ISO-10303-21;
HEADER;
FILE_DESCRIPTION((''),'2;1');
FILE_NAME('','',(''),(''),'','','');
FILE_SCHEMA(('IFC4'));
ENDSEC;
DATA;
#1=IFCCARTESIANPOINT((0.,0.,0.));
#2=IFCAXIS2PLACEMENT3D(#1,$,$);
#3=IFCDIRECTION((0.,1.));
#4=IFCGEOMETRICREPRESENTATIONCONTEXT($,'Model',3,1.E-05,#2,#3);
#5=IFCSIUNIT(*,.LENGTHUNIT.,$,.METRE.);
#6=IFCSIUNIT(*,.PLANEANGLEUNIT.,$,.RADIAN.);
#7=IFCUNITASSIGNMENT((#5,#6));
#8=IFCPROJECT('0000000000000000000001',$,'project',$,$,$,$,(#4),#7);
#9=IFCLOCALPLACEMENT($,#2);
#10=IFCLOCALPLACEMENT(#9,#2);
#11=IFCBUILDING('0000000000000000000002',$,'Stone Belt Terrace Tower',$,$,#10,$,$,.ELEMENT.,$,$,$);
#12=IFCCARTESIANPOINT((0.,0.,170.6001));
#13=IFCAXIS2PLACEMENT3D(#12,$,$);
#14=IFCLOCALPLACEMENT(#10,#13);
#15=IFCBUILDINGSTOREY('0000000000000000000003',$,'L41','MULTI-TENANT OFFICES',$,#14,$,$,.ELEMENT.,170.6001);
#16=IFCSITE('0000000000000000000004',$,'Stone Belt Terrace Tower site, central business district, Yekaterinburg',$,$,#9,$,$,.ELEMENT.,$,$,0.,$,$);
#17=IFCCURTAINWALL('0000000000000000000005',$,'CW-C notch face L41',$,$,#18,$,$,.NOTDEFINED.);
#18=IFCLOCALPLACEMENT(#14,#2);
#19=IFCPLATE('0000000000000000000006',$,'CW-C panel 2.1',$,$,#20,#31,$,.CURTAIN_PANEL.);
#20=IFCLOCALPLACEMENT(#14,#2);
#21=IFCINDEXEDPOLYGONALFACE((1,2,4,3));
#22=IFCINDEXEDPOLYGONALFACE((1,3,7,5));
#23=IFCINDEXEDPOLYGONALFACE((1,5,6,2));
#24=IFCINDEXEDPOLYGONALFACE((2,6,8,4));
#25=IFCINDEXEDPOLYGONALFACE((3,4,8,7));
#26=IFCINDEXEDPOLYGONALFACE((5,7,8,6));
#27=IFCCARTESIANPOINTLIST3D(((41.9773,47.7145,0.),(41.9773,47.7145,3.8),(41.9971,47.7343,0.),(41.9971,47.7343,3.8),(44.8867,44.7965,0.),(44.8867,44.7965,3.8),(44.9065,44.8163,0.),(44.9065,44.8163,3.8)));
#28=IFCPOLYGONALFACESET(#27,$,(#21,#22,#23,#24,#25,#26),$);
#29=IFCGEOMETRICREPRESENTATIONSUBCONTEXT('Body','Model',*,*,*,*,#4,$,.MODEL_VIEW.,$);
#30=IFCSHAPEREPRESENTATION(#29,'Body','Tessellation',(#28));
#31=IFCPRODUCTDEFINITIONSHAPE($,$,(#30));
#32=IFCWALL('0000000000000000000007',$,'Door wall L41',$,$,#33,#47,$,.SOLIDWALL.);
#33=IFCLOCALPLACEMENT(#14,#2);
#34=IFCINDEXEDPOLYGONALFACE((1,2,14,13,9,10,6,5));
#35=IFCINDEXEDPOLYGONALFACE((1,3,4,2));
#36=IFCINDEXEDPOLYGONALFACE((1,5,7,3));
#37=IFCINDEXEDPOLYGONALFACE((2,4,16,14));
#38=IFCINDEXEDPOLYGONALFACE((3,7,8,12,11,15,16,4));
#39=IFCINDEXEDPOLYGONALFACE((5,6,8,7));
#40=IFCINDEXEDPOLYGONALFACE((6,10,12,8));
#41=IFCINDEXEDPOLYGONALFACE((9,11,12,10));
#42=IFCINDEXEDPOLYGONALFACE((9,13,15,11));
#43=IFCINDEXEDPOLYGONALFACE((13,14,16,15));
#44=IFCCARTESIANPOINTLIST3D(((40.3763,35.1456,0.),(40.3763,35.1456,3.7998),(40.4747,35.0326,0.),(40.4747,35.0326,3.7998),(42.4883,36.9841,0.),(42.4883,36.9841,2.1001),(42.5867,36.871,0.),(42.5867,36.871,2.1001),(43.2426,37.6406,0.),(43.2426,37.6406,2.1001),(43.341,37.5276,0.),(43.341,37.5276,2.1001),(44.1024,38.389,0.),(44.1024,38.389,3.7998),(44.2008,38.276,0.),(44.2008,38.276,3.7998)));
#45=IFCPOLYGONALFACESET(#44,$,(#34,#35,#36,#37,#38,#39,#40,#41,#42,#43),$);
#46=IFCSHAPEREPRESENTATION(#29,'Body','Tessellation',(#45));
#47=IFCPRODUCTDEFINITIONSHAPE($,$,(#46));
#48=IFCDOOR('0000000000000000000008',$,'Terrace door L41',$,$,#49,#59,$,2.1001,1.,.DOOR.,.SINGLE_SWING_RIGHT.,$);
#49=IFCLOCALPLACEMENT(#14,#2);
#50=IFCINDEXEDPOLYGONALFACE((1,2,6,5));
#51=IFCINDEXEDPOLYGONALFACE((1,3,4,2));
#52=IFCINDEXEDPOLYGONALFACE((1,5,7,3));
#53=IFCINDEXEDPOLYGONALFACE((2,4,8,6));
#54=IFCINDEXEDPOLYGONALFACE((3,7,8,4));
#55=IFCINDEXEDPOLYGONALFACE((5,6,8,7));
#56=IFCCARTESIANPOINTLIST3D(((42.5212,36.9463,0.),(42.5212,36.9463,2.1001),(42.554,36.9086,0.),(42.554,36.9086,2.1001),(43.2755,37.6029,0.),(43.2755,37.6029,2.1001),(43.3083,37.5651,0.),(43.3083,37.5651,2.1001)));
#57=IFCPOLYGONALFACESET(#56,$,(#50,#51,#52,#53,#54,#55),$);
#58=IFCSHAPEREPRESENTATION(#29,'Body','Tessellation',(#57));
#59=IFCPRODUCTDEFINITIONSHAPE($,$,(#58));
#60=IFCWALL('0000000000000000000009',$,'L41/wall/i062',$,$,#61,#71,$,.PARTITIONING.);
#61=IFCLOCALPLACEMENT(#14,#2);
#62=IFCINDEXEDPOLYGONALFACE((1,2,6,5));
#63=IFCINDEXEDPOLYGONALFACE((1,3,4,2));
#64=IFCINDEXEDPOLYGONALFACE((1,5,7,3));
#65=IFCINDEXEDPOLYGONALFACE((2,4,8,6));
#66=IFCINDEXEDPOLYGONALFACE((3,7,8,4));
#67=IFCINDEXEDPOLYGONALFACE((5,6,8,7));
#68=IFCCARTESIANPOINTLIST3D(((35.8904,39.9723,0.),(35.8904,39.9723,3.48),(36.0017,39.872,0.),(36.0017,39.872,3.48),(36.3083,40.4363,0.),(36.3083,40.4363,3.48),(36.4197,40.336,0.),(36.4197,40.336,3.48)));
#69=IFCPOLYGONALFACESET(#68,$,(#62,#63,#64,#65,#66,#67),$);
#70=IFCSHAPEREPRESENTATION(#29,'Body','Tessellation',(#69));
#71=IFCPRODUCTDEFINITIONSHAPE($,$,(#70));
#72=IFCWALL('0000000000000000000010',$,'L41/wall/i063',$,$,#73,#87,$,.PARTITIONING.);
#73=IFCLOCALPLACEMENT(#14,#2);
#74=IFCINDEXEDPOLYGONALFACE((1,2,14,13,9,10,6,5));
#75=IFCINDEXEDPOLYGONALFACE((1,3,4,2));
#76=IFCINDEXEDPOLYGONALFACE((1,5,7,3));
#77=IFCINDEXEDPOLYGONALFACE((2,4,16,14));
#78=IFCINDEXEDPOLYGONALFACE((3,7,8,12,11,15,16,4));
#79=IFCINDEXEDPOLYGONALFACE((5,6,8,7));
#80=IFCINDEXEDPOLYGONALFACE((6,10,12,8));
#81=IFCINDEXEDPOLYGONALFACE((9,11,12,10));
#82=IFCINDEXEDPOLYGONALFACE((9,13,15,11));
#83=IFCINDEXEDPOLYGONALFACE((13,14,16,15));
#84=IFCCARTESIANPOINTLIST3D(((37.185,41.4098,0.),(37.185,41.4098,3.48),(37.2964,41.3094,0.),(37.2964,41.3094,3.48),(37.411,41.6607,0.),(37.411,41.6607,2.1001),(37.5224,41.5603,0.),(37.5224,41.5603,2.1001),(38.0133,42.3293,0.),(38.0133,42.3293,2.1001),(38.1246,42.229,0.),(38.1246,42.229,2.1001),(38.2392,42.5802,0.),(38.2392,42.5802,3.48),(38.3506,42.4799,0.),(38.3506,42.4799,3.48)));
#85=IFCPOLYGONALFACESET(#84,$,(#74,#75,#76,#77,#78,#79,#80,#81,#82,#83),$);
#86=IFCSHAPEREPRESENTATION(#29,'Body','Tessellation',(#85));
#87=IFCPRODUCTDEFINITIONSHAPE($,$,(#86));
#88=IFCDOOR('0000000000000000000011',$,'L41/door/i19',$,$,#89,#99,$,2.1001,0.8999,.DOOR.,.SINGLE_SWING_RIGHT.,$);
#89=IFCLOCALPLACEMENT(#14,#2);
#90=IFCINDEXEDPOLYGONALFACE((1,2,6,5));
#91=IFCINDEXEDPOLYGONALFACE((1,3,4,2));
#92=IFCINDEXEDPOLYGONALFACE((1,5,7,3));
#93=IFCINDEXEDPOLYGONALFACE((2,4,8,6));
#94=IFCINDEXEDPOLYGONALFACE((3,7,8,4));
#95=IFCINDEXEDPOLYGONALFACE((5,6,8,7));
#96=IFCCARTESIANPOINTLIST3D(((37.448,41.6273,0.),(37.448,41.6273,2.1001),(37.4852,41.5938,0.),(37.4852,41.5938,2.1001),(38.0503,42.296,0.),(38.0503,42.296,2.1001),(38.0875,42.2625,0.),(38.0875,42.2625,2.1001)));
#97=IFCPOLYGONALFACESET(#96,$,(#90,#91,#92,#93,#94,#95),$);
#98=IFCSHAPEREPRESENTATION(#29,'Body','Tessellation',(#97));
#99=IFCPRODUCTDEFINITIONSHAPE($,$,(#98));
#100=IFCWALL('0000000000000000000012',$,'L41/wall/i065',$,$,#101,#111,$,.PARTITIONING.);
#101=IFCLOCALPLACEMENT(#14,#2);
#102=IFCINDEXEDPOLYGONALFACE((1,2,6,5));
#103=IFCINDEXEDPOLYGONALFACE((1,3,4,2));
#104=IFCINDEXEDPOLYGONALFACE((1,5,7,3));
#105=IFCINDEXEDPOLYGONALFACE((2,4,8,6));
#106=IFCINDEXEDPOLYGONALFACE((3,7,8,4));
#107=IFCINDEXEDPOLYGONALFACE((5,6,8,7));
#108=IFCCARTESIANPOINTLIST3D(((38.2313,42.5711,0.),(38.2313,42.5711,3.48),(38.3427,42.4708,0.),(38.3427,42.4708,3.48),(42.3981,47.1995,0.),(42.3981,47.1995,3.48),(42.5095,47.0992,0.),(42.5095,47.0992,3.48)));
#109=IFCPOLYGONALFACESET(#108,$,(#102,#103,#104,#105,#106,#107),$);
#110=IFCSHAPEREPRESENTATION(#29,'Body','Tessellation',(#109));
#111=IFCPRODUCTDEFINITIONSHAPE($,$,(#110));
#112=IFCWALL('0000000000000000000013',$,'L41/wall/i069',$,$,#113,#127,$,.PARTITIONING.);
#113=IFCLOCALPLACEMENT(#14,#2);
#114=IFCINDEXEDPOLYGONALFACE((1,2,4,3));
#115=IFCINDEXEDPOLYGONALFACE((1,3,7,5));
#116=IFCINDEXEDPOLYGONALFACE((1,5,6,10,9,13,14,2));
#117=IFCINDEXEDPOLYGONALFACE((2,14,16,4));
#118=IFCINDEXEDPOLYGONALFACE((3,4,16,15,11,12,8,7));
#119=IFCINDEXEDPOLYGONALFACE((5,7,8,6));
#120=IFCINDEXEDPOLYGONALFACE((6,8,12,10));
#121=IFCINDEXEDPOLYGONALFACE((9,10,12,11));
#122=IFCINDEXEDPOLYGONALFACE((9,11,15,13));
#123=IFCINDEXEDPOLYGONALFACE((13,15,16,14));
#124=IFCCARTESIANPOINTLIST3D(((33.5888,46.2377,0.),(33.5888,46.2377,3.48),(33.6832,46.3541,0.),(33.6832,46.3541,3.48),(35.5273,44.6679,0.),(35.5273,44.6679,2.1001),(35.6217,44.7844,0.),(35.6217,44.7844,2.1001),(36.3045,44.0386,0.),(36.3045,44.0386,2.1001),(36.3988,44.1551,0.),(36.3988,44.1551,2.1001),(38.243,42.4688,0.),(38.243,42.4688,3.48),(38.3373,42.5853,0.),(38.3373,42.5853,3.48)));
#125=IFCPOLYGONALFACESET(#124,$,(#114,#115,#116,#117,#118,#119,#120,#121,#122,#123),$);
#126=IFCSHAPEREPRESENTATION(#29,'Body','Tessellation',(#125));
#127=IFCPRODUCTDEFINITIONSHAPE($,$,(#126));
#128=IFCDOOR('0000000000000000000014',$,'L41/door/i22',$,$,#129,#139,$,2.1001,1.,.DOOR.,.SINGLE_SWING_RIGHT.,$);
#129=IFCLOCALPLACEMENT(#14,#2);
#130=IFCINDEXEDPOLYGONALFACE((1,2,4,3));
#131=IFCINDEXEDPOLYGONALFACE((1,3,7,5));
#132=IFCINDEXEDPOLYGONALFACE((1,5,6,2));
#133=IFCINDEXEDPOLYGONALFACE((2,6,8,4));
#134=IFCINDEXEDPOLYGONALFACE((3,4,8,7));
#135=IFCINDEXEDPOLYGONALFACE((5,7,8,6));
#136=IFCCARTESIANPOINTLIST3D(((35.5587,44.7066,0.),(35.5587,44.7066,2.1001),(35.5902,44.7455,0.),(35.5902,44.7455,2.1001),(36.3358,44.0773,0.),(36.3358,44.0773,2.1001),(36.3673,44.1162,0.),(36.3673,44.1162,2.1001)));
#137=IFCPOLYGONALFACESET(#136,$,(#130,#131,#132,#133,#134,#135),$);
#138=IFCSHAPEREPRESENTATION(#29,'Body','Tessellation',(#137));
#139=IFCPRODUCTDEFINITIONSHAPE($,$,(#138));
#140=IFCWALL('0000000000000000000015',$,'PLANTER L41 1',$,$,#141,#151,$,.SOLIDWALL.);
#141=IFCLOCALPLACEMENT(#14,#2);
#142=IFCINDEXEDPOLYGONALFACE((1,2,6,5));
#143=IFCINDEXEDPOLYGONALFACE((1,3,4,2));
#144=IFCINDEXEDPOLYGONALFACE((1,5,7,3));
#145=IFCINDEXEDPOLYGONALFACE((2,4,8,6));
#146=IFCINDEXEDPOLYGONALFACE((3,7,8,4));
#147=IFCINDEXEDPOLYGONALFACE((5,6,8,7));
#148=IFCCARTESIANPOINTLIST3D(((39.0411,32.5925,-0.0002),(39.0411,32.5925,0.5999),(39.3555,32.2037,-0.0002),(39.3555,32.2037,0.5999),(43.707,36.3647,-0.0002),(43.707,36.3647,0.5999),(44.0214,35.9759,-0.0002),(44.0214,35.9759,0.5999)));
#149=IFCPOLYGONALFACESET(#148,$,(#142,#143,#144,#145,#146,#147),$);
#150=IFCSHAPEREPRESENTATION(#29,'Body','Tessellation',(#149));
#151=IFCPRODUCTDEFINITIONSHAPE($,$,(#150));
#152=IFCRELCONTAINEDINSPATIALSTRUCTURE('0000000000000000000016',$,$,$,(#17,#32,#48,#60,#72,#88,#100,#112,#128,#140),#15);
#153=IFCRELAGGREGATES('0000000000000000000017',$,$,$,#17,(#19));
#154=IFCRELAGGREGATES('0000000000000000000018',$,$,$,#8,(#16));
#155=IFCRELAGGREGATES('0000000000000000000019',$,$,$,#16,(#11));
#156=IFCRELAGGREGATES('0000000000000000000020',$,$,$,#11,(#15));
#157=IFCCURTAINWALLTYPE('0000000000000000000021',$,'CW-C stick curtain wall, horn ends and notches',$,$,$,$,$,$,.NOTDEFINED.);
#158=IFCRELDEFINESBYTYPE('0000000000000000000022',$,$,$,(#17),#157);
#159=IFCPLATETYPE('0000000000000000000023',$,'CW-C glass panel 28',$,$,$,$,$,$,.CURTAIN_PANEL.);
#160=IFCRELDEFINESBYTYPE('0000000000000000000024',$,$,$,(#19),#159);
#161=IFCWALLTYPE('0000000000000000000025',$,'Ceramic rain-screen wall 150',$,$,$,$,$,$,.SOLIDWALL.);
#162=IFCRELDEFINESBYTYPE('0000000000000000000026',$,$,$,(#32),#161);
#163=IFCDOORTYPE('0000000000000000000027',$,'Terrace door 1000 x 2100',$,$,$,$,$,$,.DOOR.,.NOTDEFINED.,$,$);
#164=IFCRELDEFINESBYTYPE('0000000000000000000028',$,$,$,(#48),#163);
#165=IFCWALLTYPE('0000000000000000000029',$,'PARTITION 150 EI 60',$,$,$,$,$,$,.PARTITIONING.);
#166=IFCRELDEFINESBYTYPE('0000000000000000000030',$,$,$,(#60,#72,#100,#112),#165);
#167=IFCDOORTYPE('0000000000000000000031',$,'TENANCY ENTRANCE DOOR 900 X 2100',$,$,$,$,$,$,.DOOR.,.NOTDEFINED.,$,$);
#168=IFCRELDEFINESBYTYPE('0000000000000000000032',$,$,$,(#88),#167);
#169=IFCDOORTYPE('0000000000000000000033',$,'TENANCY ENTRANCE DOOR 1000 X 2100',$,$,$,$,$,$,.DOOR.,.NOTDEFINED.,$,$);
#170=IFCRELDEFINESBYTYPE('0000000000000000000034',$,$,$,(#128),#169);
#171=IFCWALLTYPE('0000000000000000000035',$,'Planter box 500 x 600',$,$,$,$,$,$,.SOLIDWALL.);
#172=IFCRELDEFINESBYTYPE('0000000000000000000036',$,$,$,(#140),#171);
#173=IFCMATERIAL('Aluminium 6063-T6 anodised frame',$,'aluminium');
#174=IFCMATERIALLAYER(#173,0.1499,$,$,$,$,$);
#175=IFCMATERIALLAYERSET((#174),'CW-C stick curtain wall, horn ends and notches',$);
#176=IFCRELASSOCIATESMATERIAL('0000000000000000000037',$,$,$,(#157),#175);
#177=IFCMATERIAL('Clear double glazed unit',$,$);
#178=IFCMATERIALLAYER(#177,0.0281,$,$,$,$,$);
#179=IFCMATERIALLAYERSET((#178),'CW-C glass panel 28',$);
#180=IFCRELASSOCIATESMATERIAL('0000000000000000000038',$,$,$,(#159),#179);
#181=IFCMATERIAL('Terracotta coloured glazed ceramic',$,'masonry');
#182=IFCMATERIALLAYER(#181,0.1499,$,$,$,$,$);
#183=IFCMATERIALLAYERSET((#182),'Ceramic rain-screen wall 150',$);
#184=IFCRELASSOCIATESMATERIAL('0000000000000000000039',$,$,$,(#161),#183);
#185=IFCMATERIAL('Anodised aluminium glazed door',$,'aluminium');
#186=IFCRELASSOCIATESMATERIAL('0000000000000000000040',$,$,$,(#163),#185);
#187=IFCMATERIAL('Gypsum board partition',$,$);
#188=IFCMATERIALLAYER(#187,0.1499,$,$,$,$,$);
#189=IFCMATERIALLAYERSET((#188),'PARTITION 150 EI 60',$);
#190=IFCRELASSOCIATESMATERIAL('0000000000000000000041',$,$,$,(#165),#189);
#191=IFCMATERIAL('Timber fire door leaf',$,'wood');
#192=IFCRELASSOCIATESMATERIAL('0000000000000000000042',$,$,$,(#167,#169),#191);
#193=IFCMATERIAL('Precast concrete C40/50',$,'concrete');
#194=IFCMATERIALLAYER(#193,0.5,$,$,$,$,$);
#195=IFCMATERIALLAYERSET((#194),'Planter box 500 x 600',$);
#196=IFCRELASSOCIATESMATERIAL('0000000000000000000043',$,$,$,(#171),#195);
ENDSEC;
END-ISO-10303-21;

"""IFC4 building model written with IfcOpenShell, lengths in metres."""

from ifc_helpers import new_model, si_unit, direction, frame, frame_2d, origin, origin_2d, place, context, subcontext, project, spatial, rectangle, extrude, material, layer, layer_set, type_object, element, fill, aggregate, save


model = new_model("IFC4")

# Units and contexts
model_context = context("Model", 3, precision=1e-05, world=origin(), true_north=direction((0.0, 1.0)))
body_context = subcontext(model_context, "Body", "Model", "MODEL_VIEW")
ifc_project = project(units=[si_unit("LENGTHUNIT", "METRE"), si_unit("PLANEANGLEUNIT", "RADIAN")], contexts=[model_context])

# Site, building, storey
site_placement = place(None, origin())
site = spatial("IfcSite", under=ifc_project, at=site_placement, Name="Stone Belt Terrace Tower site, central business district, Yekaterinburg", CompositionType="ELEMENT", RefElevation=0.0)
building_placement = place(site_placement, origin())
building = spatial("IfcBuilding", under=site, at=building_placement, Name="Stone Belt Terrace Tower", CompositionType="ELEMENT")
storey_placement = place(building_placement, frame((0.0, 0.0, 170.6001)))
storey = spatial("IfcBuildingStorey", under=building, at=storey_placement, Name="L41", Description="MULTI-TENANT OFFICES", CompositionType="ELEMENT", Elevation=170.6001)

# Curtain wall
ifc_material_1 = material(Name="Aluminium 6063-T6 anodised frame", Category="aluminium")
ifc_layer_1 = layer(ifc_material_1, 0.1499)
ifc_layer_set_1 = layer_set([ifc_layer_1], Name="CW-C stick curtain wall, horn ends and notches")
curtain_wall_type = type_object("IfcCurtainWallType", Name="CW-C stick curtain wall, horn ends and notches", PredefinedType="NOTDEFINED", material=ifc_layer_set_1)
curtain_wall_1_placement = place(storey_placement, origin())
curtain_wall_1 = element("IfcCurtainWall", 1, at=curtain_wall_1_placement, inside=storey, type_object=curtain_wall_type, Name="CW-C notch face L41", PredefinedType="NOTDEFINED")

# Plate
ifc_material_2 = material(Name="Clear double glazed unit")
ifc_layer_2 = layer(ifc_material_2, 0.0281)
ifc_layer_set_2 = layer_set([ifc_layer_2], Name="CW-C glass panel 28")
plate_type = type_object("IfcPlateType", Name="CW-C glass panel 28", PredefinedType="CURTAIN_PANEL", material=ifc_layer_set_2)
plate_1_placement = place(storey_placement, frame((43.4419, 46.2654, 0.0), z_axis=(0.0, 0.0, 1.0), x_axis=(-0.706061, 0.708151, 0.0)))
plate_1 = element("IfcPlate", 2, at=plate_1_placement, type_object=plate_type, Name="CW-C panel 2.1", PredefinedType="CURTAIN_PANEL", context=body_context, shape_type="SweptSolid", body=[
    extrude(rectangle(XDim=4.1206, YDim=0.0281, at=origin_2d()), origin(), (0.0, 0.0, 1.0), 3.8),
])
aggregate(curtain_wall_1, [plate_1])

# Wall, opening, door
ifc_material_3 = material(Name="Terracotta coloured glazed ceramic", Category="masonry")
ifc_layer_3 = layer(ifc_material_3, 0.1499)
ifc_layer_set_3 = layer_set([ifc_layer_3], Name="Ceramic rain-screen wall 150")
wall_type_1 = type_object("IfcWallType", Name="Ceramic rain-screen wall 150", PredefinedType="SOLIDWALL", material=ifc_layer_set_3)
wall_1_placement = place(storey_placement, frame((40.4255, 35.0891, 0.0), z_axis=(0.0, 0.0, 1.0), x_axis=(0.75427, 0.656564, 0.0)))
wall_1 = element("IfcWall", 3, at=wall_1_placement, inside=storey, type_object=wall_type_1, Name="Door wall L41", PredefinedType="SOLIDWALL", context=body_context, shape_type="SweptSolid", body=[
    extrude(rectangle(XDim=4.9399, YDim=0.1499, at=frame_2d((2.47, 0.0))), origin(), (0.0, 0.0, 1.0), 3.7998),
])
opening_1_placement = place(wall_1_placement, frame((2.8, 0.0, 0.0)))
opening_1 = element("IfcOpeningElement", 4, at=opening_1_placement, cuts=wall_1, PredefinedType="OPENING", context=body_context, shape_type="SweptSolid", body=[
    extrude(rectangle(XDim=1.0, YDim=2.1001, at=frame_2d((0.5, 1.05))), frame((0.0, 0.085, 0.0), z_axis=(0.0, -1.0, 0.0), x_axis=(1.0, 0.0, 0.0)), (0.0, 0.0, 1.0), 0.1699),
])
ifc_material_4 = material(Name="Anodised aluminium glazed door", Category="aluminium")
door_type_1 = type_object("IfcDoorType", Name="Terrace door 1000 x 2100", OperationType="NOTDEFINED", PredefinedType="DOOR", material=ifc_material_4)
door_1_placement = place(opening_1_placement, origin())
door_1 = element("IfcDoor", 5, at=door_1_placement, inside=storey, type_object=door_type_1, Name="Terrace door L41", OperationType="SINGLE_SWING_RIGHT", OverallHeight=2.1001, OverallWidth=1.0, PredefinedType="DOOR", context=body_context, shape_type="SweptSolid", body=[
    extrude(rectangle(XDim=1.0, YDim=2.1001, at=frame_2d((0.5, 1.05))), frame((0.0, 0.0249, 0.0), z_axis=(0.0, -1.0, 0.0), x_axis=(1.0, 0.0, 0.0)), (0.0, 0.0, 1.0), 0.05),
])
fill(opening_1, door_1)

# Wall
ifc_material_5 = material(Name="Gypsum board partition")
ifc_layer_4 = layer(ifc_material_5, 0.1499)
ifc_layer_set_4 = layer_set([ifc_layer_4], Name="PARTITION 150 EI 60")
wall_type_2 = type_object("IfcWallType", Name="PARTITION 150 EI 60", PredefinedType="PARTITIONING", material=ifc_layer_set_4)
wall_2_placement = place(storey_placement, frame((35.946, 39.9221, 0.0), z_axis=(0.0, 0.0, 1.0), x_axis=(0.669202, 0.74308, 0.0)))
element("IfcWall", 6, at=wall_2_placement, inside=storey, type_object=wall_type_2, Name="L41/wall/i062", PredefinedType="PARTITIONING", context=body_context, shape_type="SweptSolid", body=[
    extrude(rectangle(XDim=0.6245, YDim=0.1499, at=frame_2d((0.3123, 0.0))), origin(), (0.0, 0.0, 1.0), 3.48),
])

# Wall, opening, door
wall_3_placement = place(storey_placement, frame((38.2949, 42.53, 0.0), z_axis=(0.0, 0.0, 1.0), x_axis=(-0.669256, -0.743032, 0.0)))
wall_3 = element("IfcWall", 7, at=wall_3_placement, inside=storey, type_object=wall_type_2, Name="L41/wall/i063", PredefinedType="PARTITIONING", context=body_context, shape_type="SweptSolid", body=[
    extrude(rectangle(XDim=1.5752, YDim=0.1499, at=frame_2d((0.7876, 0.0))), origin(), (0.0, 0.0, 1.0), 3.48),
])
opening_2_placement = place(wall_3_placement, frame((0.3376, 0.0, 0.0)))
opening_2 = element("IfcOpeningElement", 8, at=opening_2_placement, cuts=wall_3, PredefinedType="OPENING", context=body_context, shape_type="SweptSolid", body=[
    extrude(rectangle(XDim=0.8999, YDim=2.1001, at=frame_2d((0.45, 1.05))), frame((0.0, 0.085, 0.0), z_axis=(0.0, -1.0, 0.0), x_axis=(1.0, 0.0, 0.0)), (0.0, 0.0, 1.0), 0.1699),
])
ifc_material_6 = material(Name="Timber fire door leaf", Category="wood")
door_type_2 = type_object("IfcDoorType", Name="TENANCY ENTRANCE DOOR 900 X 2100", OperationType="NOTDEFINED", PredefinedType="DOOR", material=ifc_material_6)
door_2_placement = place(opening_2_placement, origin())
door_2 = element("IfcDoor", 9, at=door_2_placement, inside=storey, type_object=door_type_2, Name="L41/door/i19", OperationType="SINGLE_SWING_RIGHT", OverallHeight=2.1001, OverallWidth=0.8999, PredefinedType="DOOR", context=body_context, shape_type="SweptSolid", body=[
    extrude(rectangle(XDim=0.8999, YDim=2.1001, at=frame_2d((0.45, 1.05))), frame((0.0, 0.0249, 0.0), z_axis=(0.0, -1.0, 0.0), x_axis=(1.0, 0.0, 0.0)), (0.0, 0.0, 1.0), 0.05),
])
fill(opening_2, door_2)

# Wall
wall_4_placement = place(storey_placement, frame((38.2871, 42.521, 0.0), z_axis=(0.0, 0.0, 1.0), x_axis=(0.669069, 0.743201, 0.0)))
element("IfcWall", 10, at=wall_4_placement, inside=storey, type_object=wall_type_2, Name="L41/wall/i065", PredefinedType="PARTITIONING", context=body_context, shape_type="SweptSolid", body=[
    extrude(rectangle(XDim=6.2278, YDim=0.1499, at=frame_2d((3.1138, 0.0))), origin(), (0.0, 0.0, 1.0), 3.48),
])

# Wall, opening, door
wall_5_placement = place(storey_placement, frame((33.636, 46.2959, 0.0), z_axis=(0.0, 0.0, 1.0), x_axis=(0.777144, -0.629323, 0.0)))
wall_5 = element("IfcWall", 11, at=wall_5_placement, inside=storey, type_object=wall_type_2, Name="L41/wall/i069", PredefinedType="PARTITIONING", context=body_context, shape_type="SweptSolid", body=[
    extrude(rectangle(XDim=5.9888, YDim=0.1499, at=frame_2d((2.9944, 0.0))), origin(), (0.0, 0.0, 1.0), 3.48),
])
opening_3_placement = place(wall_5_placement, frame((2.4944, 0.0, 0.0)))
opening_3 = element("IfcOpeningElement", 12, at=opening_3_placement, cuts=wall_5, PredefinedType="OPENING", context=body_context, shape_type="SweptSolid", body=[
    extrude(rectangle(XDim=1.0, YDim=2.1001, at=frame_2d((0.5, 1.05))), frame((0.0, 0.085, 0.0), z_axis=(0.0, -1.0, 0.0), x_axis=(1.0, 0.0, 0.0)), (0.0, 0.0, 1.0), 0.1699),
])
door_type_3 = type_object("IfcDoorType", Name="TENANCY ENTRANCE DOOR 1000 X 2100", OperationType="NOTDEFINED", PredefinedType="DOOR", material=ifc_material_6)
door_3_placement = place(opening_3_placement, origin())
door_3 = element("IfcDoor", 13, at=door_3_placement, inside=storey, type_object=door_type_3, Name="L41/door/i22", OperationType="SINGLE_SWING_RIGHT", OverallHeight=2.1001, OverallWidth=1.0, PredefinedType="DOOR", context=body_context, shape_type="SweptSolid", body=[
    extrude(rectangle(XDim=1.0, YDim=2.1001, at=frame_2d((0.5, 1.05))), frame((0.0, 0.0249, 0.0), z_axis=(0.0, -1.0, 0.0), x_axis=(1.0, 0.0, 0.0)), (0.0, 0.0, 1.0), 0.05),
])
fill(opening_3, door_3)

# Wall
ifc_material_7 = material(Name="Precast concrete C40/50", Category="concrete")
ifc_layer_5 = layer(ifc_material_7, 0.5)
ifc_layer_set_5 = layer_set([ifc_layer_5], Name="Planter box 500 x 600")
wall_type_3 = type_object("IfcWallType", Name="Planter box 500 x 600", PredefinedType="SOLIDWALL", material=ifc_layer_set_5)
wall_6_placement = place(storey_placement, frame((41.5312, 34.2842, -0.0002), z_axis=(0.0, 0.0, 1.0), x_axis=(0.777644, 0.628705, 0.0)))
element("IfcWall", 14, at=wall_6_placement, inside=storey, type_object=wall_type_3, Name="PLANTER L41 1", PredefinedType="SOLIDWALL", context=body_context, shape_type="SweptSolid", body=[
    extrude(rectangle(XDim=6.0, YDim=0.5, at=origin_2d()), origin(), (0.0, 0.0, 1.0), 0.6001),
])

save(model, "model.ifc")
